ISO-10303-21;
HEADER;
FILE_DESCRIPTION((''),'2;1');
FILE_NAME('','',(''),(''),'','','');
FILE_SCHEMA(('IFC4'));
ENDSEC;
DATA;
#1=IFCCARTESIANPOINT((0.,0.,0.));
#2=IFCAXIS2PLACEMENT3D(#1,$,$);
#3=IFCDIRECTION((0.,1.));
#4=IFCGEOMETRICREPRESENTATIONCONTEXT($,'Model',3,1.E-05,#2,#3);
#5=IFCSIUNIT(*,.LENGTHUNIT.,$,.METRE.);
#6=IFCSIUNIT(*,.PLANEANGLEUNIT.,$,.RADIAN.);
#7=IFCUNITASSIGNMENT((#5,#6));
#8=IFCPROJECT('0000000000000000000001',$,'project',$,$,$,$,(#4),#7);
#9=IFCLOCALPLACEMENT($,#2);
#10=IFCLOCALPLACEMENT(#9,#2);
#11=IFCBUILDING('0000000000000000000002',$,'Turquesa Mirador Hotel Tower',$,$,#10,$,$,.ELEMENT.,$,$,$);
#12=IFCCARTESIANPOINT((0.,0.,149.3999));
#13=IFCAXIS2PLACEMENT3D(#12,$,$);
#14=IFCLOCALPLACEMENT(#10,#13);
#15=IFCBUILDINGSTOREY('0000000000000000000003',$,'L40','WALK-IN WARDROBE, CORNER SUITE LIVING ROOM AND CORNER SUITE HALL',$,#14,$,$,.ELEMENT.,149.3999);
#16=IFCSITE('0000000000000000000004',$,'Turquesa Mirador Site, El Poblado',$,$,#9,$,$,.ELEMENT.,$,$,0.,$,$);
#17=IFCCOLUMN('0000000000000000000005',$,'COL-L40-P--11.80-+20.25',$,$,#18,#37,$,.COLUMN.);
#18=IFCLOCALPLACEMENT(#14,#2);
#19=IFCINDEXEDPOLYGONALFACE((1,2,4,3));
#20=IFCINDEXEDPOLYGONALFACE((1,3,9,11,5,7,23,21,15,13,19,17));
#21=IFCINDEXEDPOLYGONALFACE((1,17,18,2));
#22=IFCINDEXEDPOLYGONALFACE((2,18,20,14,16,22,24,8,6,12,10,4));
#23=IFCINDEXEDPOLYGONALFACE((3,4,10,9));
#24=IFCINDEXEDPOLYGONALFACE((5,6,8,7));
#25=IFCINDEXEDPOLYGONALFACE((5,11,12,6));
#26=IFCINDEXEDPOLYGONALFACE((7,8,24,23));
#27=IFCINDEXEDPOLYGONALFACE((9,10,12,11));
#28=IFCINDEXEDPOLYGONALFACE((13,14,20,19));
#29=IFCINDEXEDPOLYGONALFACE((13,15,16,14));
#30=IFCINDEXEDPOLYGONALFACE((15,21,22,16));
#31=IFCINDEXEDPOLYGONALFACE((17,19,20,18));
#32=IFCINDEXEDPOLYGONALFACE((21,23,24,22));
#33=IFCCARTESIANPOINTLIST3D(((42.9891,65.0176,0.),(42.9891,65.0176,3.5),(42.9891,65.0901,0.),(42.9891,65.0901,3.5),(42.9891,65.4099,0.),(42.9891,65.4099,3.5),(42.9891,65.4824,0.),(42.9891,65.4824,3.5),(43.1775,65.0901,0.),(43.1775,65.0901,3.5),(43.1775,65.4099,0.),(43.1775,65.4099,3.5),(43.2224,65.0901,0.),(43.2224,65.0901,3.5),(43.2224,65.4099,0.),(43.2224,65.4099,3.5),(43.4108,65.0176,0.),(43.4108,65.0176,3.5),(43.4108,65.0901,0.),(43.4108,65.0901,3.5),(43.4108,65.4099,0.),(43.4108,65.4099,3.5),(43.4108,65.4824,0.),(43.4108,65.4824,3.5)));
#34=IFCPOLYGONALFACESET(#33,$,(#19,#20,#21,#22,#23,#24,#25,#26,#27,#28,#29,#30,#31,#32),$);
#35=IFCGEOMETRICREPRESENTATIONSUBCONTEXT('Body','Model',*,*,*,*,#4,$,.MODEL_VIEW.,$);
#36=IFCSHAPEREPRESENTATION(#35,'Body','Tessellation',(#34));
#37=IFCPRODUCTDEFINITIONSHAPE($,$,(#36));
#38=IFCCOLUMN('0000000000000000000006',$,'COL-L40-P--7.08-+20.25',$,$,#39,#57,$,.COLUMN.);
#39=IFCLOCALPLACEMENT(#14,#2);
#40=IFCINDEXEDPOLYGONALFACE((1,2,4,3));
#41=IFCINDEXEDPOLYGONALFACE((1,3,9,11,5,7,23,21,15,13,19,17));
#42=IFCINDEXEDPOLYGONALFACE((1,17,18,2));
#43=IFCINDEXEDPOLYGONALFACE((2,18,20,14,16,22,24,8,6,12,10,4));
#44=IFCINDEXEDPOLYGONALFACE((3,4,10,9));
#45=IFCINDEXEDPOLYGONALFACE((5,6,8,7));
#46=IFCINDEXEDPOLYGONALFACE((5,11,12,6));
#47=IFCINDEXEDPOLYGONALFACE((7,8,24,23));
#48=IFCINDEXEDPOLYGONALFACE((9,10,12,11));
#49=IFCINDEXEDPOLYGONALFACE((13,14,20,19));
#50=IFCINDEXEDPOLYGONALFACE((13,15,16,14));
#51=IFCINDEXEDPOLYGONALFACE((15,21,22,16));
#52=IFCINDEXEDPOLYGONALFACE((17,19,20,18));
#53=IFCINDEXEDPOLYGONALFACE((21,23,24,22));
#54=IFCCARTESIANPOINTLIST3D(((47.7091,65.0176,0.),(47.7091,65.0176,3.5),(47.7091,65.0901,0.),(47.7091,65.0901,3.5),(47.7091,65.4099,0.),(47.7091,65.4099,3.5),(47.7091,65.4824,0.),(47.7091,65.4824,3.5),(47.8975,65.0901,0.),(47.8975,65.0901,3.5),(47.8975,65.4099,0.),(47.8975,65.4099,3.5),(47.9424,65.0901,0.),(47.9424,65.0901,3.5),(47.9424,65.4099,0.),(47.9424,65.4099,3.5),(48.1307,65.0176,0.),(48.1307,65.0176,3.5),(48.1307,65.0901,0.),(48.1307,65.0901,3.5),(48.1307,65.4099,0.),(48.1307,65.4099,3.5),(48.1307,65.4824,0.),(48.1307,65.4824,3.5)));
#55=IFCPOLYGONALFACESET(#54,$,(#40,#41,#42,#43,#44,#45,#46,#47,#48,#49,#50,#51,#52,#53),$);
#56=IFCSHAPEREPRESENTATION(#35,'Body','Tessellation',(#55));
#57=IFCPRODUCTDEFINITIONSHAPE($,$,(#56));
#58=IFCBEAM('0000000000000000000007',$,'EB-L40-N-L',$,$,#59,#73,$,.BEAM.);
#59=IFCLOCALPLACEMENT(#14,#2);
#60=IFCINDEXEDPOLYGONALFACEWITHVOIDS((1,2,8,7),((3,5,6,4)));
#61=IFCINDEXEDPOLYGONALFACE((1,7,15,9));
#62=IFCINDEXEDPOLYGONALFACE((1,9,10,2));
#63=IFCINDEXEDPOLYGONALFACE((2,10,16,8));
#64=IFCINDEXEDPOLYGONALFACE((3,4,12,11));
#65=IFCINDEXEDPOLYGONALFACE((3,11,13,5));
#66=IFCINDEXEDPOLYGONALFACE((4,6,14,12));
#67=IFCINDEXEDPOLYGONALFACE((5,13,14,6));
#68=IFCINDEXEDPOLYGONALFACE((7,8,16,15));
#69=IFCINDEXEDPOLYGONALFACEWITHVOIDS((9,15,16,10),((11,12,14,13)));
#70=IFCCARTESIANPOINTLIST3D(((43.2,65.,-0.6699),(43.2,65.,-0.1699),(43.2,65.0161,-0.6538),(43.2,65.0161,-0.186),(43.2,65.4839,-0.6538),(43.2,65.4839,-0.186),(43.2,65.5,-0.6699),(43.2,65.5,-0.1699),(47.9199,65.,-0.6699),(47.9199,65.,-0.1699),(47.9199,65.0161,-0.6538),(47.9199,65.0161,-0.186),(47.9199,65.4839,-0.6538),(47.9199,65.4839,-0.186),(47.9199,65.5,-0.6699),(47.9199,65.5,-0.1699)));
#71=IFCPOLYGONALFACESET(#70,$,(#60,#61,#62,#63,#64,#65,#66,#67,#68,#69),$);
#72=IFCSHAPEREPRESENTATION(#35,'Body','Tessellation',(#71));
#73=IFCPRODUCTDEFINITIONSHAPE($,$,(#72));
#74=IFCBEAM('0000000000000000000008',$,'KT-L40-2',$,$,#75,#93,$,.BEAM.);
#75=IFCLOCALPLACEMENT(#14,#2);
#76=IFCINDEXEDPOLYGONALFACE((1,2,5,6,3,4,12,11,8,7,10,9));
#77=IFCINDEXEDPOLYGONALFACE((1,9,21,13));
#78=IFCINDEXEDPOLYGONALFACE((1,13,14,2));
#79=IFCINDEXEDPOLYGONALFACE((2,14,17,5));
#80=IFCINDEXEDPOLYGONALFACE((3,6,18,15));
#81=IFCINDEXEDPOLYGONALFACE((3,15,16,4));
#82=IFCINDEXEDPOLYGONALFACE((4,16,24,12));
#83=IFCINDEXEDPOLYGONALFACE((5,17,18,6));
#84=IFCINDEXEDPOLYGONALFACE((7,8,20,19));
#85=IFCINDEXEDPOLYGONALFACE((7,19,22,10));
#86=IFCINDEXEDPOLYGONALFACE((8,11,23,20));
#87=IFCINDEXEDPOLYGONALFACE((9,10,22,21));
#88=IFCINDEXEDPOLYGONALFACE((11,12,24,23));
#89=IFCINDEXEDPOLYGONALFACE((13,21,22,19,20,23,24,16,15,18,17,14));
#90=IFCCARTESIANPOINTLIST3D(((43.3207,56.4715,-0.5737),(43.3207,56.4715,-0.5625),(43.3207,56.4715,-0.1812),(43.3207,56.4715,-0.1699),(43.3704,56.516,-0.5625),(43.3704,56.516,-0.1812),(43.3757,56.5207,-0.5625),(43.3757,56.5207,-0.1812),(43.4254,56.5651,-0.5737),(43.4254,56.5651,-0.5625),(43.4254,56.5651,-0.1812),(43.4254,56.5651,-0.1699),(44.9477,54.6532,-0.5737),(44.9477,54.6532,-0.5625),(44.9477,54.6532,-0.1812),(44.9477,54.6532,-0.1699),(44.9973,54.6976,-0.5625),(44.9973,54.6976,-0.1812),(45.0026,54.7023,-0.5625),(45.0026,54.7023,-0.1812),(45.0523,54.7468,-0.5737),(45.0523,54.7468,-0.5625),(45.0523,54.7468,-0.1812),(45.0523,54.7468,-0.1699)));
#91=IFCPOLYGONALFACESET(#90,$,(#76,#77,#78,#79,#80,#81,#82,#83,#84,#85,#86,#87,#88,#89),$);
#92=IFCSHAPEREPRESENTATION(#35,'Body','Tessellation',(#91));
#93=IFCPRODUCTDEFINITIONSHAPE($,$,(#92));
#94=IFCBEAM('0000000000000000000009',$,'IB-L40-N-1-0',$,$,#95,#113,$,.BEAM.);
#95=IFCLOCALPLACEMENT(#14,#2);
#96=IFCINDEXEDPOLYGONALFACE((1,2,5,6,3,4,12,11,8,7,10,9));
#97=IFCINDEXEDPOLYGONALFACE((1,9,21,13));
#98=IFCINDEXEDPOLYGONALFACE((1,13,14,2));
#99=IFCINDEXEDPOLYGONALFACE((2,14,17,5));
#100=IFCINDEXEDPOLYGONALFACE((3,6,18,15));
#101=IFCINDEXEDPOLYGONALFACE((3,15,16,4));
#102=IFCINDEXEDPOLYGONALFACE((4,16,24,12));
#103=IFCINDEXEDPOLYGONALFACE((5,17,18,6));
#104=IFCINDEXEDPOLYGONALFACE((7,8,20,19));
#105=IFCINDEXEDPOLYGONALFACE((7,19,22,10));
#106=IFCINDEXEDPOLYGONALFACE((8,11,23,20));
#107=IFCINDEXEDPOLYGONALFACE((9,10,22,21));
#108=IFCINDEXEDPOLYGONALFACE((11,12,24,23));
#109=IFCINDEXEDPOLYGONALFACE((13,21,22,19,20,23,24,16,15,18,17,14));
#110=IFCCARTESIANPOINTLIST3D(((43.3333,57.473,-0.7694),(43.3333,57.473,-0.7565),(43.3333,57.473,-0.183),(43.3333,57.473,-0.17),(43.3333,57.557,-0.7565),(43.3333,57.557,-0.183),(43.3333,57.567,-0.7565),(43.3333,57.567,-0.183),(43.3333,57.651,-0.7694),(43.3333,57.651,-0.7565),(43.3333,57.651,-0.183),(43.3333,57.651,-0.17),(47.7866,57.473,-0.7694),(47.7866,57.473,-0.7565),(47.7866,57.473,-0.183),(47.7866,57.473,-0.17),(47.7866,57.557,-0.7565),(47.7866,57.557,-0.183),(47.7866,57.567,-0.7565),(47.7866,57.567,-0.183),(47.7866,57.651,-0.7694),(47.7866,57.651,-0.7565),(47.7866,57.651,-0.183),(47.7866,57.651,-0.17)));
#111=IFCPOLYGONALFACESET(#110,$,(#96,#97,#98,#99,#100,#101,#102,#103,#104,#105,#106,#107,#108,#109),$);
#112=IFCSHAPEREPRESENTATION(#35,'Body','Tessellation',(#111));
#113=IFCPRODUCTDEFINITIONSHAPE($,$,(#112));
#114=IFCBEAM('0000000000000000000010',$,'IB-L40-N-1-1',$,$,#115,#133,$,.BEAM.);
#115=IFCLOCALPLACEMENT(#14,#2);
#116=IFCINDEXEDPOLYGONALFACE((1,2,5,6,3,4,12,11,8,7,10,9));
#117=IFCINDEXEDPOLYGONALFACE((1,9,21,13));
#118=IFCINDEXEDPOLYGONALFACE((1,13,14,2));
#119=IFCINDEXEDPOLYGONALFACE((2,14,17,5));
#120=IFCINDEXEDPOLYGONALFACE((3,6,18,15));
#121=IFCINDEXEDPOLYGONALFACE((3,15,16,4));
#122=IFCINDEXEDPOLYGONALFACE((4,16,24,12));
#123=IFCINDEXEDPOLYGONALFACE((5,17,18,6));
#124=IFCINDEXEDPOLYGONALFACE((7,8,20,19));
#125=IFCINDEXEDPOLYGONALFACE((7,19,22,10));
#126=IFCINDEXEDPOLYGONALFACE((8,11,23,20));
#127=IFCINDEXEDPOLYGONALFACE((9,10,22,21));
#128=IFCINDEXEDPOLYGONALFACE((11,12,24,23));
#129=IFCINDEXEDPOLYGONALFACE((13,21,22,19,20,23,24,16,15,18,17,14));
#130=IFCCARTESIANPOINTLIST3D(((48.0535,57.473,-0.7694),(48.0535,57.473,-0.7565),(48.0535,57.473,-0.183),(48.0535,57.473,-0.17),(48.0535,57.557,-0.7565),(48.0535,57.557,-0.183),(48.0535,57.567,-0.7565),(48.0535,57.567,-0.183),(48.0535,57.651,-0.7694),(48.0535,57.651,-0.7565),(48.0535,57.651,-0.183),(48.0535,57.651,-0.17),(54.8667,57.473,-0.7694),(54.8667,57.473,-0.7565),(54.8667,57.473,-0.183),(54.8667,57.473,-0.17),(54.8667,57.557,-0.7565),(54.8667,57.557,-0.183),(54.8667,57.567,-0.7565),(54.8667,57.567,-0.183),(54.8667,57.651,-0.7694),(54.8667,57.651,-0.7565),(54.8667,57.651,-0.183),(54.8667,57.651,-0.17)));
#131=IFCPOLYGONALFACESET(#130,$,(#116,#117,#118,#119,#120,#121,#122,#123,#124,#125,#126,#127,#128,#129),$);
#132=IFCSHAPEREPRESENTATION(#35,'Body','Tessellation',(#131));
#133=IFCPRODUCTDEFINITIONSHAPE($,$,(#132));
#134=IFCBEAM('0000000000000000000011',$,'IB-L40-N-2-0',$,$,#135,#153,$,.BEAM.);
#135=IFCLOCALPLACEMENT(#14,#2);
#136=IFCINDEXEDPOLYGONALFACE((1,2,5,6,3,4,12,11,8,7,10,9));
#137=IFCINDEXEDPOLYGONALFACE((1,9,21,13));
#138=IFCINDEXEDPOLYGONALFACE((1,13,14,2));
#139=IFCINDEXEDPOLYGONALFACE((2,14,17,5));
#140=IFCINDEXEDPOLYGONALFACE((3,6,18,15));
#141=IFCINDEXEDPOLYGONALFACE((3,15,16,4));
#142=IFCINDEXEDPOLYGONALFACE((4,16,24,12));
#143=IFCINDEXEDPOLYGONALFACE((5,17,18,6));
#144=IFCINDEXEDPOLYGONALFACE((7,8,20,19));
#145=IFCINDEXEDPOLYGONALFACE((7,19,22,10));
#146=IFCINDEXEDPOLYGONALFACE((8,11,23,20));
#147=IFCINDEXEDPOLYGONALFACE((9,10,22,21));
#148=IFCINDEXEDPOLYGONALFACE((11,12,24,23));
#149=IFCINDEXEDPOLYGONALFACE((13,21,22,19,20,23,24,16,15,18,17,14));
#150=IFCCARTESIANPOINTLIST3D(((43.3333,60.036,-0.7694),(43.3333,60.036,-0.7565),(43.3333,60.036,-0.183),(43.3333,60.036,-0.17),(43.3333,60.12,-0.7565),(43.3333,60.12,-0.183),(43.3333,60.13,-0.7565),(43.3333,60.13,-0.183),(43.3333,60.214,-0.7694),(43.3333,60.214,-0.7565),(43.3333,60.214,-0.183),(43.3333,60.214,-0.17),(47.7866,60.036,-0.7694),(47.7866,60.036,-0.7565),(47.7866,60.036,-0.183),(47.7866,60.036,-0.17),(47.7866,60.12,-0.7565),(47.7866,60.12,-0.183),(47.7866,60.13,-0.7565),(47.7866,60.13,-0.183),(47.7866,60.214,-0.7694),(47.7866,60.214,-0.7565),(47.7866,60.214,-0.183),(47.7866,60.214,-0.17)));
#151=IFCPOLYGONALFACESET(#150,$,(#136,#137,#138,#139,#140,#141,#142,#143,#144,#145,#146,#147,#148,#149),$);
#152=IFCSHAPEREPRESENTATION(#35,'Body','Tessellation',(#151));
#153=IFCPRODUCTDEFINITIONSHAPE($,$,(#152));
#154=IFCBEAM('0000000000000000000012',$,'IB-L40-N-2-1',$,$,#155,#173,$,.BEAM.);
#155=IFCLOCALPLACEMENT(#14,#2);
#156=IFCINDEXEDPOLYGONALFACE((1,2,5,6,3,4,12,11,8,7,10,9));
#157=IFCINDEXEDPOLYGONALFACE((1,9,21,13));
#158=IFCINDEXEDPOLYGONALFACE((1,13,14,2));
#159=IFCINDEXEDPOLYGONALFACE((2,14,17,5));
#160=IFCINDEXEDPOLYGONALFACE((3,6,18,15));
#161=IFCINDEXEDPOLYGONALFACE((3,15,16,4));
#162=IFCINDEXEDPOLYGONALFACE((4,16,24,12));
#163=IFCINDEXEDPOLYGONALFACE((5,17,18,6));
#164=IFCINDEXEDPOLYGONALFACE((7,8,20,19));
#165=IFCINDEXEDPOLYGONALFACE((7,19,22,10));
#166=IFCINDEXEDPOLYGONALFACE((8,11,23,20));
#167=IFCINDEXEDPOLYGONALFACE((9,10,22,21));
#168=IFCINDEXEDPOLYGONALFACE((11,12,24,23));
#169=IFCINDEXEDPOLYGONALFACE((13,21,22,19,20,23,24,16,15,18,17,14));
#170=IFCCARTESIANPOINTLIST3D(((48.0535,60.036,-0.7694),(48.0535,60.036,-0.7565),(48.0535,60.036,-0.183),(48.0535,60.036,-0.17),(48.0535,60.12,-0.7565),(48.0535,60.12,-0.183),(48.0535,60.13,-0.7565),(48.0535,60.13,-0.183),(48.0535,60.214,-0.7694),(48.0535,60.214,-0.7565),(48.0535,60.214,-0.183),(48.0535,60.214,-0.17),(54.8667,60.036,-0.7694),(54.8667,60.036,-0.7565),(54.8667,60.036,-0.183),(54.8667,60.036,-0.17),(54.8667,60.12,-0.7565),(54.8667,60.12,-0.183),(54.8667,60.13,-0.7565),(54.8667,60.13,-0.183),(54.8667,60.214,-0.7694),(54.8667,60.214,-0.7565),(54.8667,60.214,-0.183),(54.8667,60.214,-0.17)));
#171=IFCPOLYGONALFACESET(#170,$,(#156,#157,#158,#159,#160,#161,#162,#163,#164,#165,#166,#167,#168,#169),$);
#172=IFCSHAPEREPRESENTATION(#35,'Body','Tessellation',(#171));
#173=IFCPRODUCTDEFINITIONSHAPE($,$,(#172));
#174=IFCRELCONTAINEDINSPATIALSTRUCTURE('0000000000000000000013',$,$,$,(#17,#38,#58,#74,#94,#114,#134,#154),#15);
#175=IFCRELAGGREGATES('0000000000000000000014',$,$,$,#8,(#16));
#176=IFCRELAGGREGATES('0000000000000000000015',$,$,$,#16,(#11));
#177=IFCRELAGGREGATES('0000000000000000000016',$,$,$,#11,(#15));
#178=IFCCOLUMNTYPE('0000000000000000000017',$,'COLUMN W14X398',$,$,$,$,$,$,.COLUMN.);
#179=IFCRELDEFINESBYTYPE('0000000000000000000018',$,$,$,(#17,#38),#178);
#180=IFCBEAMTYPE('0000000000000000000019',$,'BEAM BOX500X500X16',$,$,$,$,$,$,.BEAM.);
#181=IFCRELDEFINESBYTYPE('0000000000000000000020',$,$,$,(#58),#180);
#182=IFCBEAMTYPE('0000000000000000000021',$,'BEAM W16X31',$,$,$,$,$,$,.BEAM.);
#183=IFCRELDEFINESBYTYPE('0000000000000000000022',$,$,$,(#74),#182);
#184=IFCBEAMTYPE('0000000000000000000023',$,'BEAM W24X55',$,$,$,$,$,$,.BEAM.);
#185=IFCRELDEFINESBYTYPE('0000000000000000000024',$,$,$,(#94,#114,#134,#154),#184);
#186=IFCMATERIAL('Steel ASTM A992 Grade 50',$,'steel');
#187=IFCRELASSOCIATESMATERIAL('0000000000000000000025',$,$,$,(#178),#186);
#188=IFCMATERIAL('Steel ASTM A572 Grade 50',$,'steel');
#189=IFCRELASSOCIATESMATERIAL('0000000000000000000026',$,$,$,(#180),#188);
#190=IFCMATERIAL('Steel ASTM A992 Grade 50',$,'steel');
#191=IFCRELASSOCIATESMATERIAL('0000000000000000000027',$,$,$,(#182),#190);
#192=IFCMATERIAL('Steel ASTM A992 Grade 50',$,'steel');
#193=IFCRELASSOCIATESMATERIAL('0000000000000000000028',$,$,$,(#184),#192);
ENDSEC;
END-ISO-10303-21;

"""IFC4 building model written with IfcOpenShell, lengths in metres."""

from ifc_helpers import new_model, si_unit, direction, frame, origin, origin_2d, place, context, subcontext, project, spatial, hollow_rectangle, i_section, extrude, material, material_profile, profile_set, type_object, element, save


model = new_model("IFC4")

# Units and contexts
model_context = context("Model", 3, precision=1e-05, world=origin(), true_north=direction((0.0, 1.0)))
body_context = subcontext(model_context, "Body", "Model", "MODEL_VIEW")
ifc_project = project(units=[si_unit("LENGTHUNIT", "METRE"), si_unit("PLANEANGLEUNIT", "RADIAN")], contexts=[model_context])

# Site, building, storey
site_placement = place(None, origin())
site = spatial("IfcSite", under=ifc_project, at=site_placement, Name="Turquesa Mirador Site, El Poblado", CompositionType="ELEMENT", RefElevation=0.0)
building_placement = place(site_placement, origin())
building = spatial("IfcBuilding", under=site, at=building_placement, Name="Turquesa Mirador Hotel Tower", CompositionType="ELEMENT")
storey_placement = place(building_placement, frame((0.0, 0.0, 149.3999)))
storey = spatial("IfcBuildingStorey", under=building, at=storey_placement, Name="L40", Description="WALK-IN WARDROBE, CORNER SUITE LIVING ROOM AND CORNER SUITE HALL", CompositionType="ELEMENT", Elevation=149.3999)

# Columns
ifc_material_1 = material(Name="Steel ASTM A992 Grade 50", Category="steel")
ifc_material_profile_1 = material_profile(ifc_material_1, i_section(OverallWidth=0.4216, OverallDepth=0.4648, WebThickness=0.0449, FlangeThickness=0.0725, at=origin_2d()), Name="W14X398")
ifc_profile_set_1 = profile_set([ifc_material_profile_1], Name="Steel ASTM A992 Grade 50")
column_type = type_object("IfcColumnType", Name="COLUMN W14X398", PredefinedType="COLUMN", material=ifc_profile_set_1)
for number, where, z_axis, x_axis, name in (
    (1, (43.2, 65.25, 0.0), (0.0, 0.0, 1.0), (1.0, 0.0, 0.0), "COL-L40-P--11.80-+20.25"),
    (2, (47.9199, 65.25, 0.0), (0.0, 0.0, 1.0), (1.0, 0.0, 0.0), "COL-L40-P--7.08-+20.25"),
):
    element("IfcColumn", number, at=place(storey_placement, frame(where, z_axis=z_axis, x_axis=x_axis)), inside=storey, type_object=column_type, Name=name, PredefinedType="COLUMN", context=body_context, shape_type="SweptSolid", body=[
        extrude(i_section(OverallWidth=0.4216, OverallDepth=0.4648, WebThickness=0.0449, FlangeThickness=0.0725, at=origin_2d()), origin(), (0.0, 0.0, 1.0), 3.5),
    ])

# Beams
ifc_material_2 = material(Name="Steel ASTM A572 Grade 50", Category="steel")
ifc_material_profile_2 = material_profile(ifc_material_2, hollow_rectangle(XDim=0.5, YDim=0.5, WallThickness=0.0161, at=origin_2d()), Name="BOX500X500X16")
ifc_profile_set_2 = profile_set([ifc_material_profile_2], Name="Steel ASTM A572 Grade 50")
beam_type_1 = type_object("IfcBeamType", Name="BEAM BOX500X500X16", PredefinedType="BEAM", material=ifc_profile_set_2)
beam_1_placement = place(storey_placement, frame((43.2, 65.25, -0.4199), z_axis=(1.0, 0.0, 0.0), x_axis=(0.0, 1.0, 0.0)))
element("IfcBeam", 3, at=beam_1_placement, inside=storey, type_object=beam_type_1, Name="EB-L40-N-L", PredefinedType="BEAM", context=body_context, shape_type="SweptSolid", body=[
    extrude(hollow_rectangle(XDim=0.5, YDim=0.5, WallThickness=0.0161, at=origin_2d()), origin(), (0.0, 0.0, 1.0), 4.72),
])
ifc_material_3 = material(Name="Steel ASTM A992 Grade 50", Category="steel")
ifc_material_profile_3 = material_profile(ifc_material_3, i_section(OverallWidth=0.1404, OverallDepth=0.4038, WebThickness=0.0071, FlangeThickness=0.0112, at=origin_2d()), Name="W16X31")
ifc_profile_set_3 = profile_set([ifc_material_profile_3], Name="Steel ASTM A992 Grade 50")
beam_type_2 = type_object("IfcBeamType", Name="BEAM W16X31", PredefinedType="BEAM", material=ifc_profile_set_3)
beam_2_placement = place(storey_placement, frame((43.373, 56.5183, -0.3718), z_axis=(0.666795, -0.745241, 0.0), x_axis=(0.745241, 0.666795, 0.0)))
element("IfcBeam", 4, at=beam_2_placement, inside=storey, type_object=beam_type_2, Name="KT-L40-2", PredefinedType="BEAM", context=body_context, shape_type="SweptSolid", body=[
    extrude(i_section(OverallWidth=0.1404, OverallDepth=0.4038, WebThickness=0.0071, FlangeThickness=0.0112, at=origin_2d()), origin(), (0.0, 0.0, 1.0), 2.4399),
])
ifc_material_4 = material(Name="Steel ASTM A992 Grade 50", Category="steel")
ifc_material_profile_4 = material_profile(ifc_material_4, i_section(OverallWidth=0.178, OverallDepth=0.5994, WebThickness=0.01, FlangeThickness=0.0129, at=origin_2d()), Name="W24X55")
ifc_profile_set_4 = profile_set([ifc_material_profile_4], Name="Steel ASTM A992 Grade 50")
beam_type_3 = type_object("IfcBeamType", Name="BEAM W24X55", PredefinedType="BEAM", material=ifc_profile_set_4)
beam_3_placement = place(storey_placement, frame((43.3333, 57.562, -0.4697), z_axis=(1.0, 0.0, 0.0), x_axis=(0.0, 1.0, 0.0)))
element("IfcBeam", 5, at=beam_3_placement, inside=storey, type_object=beam_type_3, Name="IB-L40-N-1-0", PredefinedType="BEAM", context=body_context, shape_type="SweptSolid", body=[
    extrude(i_section(OverallWidth=0.178, OverallDepth=0.5994, WebThickness=0.01, FlangeThickness=0.0129, at=origin_2d()), origin(), (0.0, 0.0, 1.0), 4.4534),
])
beam_4_placement = place(storey_placement, frame((48.0535, 57.562, -0.4697), z_axis=(1.0, 0.0, 0.0), x_axis=(0.0, 1.0, 0.0)))
element("IfcBeam", 6, at=beam_4_placement, inside=storey, type_object=beam_type_3, Name="IB-L40-N-1-1", PredefinedType="BEAM", context=body_context, shape_type="SweptSolid", body=[
    extrude(i_section(OverallWidth=0.178, OverallDepth=0.5994, WebThickness=0.01, FlangeThickness=0.0129, at=origin_2d()), origin(), (0.0, 0.0, 1.0), 6.8132),
])
beam_5_placement = place(storey_placement, frame((43.3333, 60.125, -0.4697), z_axis=(1.0, 0.0, 0.0), x_axis=(0.0, 1.0, 0.0)))
element("IfcBeam", 7, at=beam_5_placement, inside=storey, type_object=beam_type_3, Name="IB-L40-N-2-0", PredefinedType="BEAM", context=body_context, shape_type="SweptSolid", body=[
    extrude(i_section(OverallWidth=0.178, OverallDepth=0.5994, WebThickness=0.01, FlangeThickness=0.0129, at=origin_2d()), origin(), (0.0, 0.0, 1.0), 4.4534),
])
beam_6_placement = place(storey_placement, frame((48.0535, 60.125, -0.4697), z_axis=(1.0, 0.0, 0.0), x_axis=(0.0, 1.0, 0.0)))
element("IfcBeam", 8, at=beam_6_placement, inside=storey, type_object=beam_type_3, Name="IB-L40-N-2-1", PredefinedType="BEAM", context=body_context, shape_type="SweptSolid", body=[
    extrude(i_section(OverallWidth=0.178, OverallDepth=0.5994, WebThickness=0.01, FlangeThickness=0.0129, at=origin_2d()), origin(), (0.0, 0.0, 1.0), 6.8132),
])

save(model, "model.ifc")
